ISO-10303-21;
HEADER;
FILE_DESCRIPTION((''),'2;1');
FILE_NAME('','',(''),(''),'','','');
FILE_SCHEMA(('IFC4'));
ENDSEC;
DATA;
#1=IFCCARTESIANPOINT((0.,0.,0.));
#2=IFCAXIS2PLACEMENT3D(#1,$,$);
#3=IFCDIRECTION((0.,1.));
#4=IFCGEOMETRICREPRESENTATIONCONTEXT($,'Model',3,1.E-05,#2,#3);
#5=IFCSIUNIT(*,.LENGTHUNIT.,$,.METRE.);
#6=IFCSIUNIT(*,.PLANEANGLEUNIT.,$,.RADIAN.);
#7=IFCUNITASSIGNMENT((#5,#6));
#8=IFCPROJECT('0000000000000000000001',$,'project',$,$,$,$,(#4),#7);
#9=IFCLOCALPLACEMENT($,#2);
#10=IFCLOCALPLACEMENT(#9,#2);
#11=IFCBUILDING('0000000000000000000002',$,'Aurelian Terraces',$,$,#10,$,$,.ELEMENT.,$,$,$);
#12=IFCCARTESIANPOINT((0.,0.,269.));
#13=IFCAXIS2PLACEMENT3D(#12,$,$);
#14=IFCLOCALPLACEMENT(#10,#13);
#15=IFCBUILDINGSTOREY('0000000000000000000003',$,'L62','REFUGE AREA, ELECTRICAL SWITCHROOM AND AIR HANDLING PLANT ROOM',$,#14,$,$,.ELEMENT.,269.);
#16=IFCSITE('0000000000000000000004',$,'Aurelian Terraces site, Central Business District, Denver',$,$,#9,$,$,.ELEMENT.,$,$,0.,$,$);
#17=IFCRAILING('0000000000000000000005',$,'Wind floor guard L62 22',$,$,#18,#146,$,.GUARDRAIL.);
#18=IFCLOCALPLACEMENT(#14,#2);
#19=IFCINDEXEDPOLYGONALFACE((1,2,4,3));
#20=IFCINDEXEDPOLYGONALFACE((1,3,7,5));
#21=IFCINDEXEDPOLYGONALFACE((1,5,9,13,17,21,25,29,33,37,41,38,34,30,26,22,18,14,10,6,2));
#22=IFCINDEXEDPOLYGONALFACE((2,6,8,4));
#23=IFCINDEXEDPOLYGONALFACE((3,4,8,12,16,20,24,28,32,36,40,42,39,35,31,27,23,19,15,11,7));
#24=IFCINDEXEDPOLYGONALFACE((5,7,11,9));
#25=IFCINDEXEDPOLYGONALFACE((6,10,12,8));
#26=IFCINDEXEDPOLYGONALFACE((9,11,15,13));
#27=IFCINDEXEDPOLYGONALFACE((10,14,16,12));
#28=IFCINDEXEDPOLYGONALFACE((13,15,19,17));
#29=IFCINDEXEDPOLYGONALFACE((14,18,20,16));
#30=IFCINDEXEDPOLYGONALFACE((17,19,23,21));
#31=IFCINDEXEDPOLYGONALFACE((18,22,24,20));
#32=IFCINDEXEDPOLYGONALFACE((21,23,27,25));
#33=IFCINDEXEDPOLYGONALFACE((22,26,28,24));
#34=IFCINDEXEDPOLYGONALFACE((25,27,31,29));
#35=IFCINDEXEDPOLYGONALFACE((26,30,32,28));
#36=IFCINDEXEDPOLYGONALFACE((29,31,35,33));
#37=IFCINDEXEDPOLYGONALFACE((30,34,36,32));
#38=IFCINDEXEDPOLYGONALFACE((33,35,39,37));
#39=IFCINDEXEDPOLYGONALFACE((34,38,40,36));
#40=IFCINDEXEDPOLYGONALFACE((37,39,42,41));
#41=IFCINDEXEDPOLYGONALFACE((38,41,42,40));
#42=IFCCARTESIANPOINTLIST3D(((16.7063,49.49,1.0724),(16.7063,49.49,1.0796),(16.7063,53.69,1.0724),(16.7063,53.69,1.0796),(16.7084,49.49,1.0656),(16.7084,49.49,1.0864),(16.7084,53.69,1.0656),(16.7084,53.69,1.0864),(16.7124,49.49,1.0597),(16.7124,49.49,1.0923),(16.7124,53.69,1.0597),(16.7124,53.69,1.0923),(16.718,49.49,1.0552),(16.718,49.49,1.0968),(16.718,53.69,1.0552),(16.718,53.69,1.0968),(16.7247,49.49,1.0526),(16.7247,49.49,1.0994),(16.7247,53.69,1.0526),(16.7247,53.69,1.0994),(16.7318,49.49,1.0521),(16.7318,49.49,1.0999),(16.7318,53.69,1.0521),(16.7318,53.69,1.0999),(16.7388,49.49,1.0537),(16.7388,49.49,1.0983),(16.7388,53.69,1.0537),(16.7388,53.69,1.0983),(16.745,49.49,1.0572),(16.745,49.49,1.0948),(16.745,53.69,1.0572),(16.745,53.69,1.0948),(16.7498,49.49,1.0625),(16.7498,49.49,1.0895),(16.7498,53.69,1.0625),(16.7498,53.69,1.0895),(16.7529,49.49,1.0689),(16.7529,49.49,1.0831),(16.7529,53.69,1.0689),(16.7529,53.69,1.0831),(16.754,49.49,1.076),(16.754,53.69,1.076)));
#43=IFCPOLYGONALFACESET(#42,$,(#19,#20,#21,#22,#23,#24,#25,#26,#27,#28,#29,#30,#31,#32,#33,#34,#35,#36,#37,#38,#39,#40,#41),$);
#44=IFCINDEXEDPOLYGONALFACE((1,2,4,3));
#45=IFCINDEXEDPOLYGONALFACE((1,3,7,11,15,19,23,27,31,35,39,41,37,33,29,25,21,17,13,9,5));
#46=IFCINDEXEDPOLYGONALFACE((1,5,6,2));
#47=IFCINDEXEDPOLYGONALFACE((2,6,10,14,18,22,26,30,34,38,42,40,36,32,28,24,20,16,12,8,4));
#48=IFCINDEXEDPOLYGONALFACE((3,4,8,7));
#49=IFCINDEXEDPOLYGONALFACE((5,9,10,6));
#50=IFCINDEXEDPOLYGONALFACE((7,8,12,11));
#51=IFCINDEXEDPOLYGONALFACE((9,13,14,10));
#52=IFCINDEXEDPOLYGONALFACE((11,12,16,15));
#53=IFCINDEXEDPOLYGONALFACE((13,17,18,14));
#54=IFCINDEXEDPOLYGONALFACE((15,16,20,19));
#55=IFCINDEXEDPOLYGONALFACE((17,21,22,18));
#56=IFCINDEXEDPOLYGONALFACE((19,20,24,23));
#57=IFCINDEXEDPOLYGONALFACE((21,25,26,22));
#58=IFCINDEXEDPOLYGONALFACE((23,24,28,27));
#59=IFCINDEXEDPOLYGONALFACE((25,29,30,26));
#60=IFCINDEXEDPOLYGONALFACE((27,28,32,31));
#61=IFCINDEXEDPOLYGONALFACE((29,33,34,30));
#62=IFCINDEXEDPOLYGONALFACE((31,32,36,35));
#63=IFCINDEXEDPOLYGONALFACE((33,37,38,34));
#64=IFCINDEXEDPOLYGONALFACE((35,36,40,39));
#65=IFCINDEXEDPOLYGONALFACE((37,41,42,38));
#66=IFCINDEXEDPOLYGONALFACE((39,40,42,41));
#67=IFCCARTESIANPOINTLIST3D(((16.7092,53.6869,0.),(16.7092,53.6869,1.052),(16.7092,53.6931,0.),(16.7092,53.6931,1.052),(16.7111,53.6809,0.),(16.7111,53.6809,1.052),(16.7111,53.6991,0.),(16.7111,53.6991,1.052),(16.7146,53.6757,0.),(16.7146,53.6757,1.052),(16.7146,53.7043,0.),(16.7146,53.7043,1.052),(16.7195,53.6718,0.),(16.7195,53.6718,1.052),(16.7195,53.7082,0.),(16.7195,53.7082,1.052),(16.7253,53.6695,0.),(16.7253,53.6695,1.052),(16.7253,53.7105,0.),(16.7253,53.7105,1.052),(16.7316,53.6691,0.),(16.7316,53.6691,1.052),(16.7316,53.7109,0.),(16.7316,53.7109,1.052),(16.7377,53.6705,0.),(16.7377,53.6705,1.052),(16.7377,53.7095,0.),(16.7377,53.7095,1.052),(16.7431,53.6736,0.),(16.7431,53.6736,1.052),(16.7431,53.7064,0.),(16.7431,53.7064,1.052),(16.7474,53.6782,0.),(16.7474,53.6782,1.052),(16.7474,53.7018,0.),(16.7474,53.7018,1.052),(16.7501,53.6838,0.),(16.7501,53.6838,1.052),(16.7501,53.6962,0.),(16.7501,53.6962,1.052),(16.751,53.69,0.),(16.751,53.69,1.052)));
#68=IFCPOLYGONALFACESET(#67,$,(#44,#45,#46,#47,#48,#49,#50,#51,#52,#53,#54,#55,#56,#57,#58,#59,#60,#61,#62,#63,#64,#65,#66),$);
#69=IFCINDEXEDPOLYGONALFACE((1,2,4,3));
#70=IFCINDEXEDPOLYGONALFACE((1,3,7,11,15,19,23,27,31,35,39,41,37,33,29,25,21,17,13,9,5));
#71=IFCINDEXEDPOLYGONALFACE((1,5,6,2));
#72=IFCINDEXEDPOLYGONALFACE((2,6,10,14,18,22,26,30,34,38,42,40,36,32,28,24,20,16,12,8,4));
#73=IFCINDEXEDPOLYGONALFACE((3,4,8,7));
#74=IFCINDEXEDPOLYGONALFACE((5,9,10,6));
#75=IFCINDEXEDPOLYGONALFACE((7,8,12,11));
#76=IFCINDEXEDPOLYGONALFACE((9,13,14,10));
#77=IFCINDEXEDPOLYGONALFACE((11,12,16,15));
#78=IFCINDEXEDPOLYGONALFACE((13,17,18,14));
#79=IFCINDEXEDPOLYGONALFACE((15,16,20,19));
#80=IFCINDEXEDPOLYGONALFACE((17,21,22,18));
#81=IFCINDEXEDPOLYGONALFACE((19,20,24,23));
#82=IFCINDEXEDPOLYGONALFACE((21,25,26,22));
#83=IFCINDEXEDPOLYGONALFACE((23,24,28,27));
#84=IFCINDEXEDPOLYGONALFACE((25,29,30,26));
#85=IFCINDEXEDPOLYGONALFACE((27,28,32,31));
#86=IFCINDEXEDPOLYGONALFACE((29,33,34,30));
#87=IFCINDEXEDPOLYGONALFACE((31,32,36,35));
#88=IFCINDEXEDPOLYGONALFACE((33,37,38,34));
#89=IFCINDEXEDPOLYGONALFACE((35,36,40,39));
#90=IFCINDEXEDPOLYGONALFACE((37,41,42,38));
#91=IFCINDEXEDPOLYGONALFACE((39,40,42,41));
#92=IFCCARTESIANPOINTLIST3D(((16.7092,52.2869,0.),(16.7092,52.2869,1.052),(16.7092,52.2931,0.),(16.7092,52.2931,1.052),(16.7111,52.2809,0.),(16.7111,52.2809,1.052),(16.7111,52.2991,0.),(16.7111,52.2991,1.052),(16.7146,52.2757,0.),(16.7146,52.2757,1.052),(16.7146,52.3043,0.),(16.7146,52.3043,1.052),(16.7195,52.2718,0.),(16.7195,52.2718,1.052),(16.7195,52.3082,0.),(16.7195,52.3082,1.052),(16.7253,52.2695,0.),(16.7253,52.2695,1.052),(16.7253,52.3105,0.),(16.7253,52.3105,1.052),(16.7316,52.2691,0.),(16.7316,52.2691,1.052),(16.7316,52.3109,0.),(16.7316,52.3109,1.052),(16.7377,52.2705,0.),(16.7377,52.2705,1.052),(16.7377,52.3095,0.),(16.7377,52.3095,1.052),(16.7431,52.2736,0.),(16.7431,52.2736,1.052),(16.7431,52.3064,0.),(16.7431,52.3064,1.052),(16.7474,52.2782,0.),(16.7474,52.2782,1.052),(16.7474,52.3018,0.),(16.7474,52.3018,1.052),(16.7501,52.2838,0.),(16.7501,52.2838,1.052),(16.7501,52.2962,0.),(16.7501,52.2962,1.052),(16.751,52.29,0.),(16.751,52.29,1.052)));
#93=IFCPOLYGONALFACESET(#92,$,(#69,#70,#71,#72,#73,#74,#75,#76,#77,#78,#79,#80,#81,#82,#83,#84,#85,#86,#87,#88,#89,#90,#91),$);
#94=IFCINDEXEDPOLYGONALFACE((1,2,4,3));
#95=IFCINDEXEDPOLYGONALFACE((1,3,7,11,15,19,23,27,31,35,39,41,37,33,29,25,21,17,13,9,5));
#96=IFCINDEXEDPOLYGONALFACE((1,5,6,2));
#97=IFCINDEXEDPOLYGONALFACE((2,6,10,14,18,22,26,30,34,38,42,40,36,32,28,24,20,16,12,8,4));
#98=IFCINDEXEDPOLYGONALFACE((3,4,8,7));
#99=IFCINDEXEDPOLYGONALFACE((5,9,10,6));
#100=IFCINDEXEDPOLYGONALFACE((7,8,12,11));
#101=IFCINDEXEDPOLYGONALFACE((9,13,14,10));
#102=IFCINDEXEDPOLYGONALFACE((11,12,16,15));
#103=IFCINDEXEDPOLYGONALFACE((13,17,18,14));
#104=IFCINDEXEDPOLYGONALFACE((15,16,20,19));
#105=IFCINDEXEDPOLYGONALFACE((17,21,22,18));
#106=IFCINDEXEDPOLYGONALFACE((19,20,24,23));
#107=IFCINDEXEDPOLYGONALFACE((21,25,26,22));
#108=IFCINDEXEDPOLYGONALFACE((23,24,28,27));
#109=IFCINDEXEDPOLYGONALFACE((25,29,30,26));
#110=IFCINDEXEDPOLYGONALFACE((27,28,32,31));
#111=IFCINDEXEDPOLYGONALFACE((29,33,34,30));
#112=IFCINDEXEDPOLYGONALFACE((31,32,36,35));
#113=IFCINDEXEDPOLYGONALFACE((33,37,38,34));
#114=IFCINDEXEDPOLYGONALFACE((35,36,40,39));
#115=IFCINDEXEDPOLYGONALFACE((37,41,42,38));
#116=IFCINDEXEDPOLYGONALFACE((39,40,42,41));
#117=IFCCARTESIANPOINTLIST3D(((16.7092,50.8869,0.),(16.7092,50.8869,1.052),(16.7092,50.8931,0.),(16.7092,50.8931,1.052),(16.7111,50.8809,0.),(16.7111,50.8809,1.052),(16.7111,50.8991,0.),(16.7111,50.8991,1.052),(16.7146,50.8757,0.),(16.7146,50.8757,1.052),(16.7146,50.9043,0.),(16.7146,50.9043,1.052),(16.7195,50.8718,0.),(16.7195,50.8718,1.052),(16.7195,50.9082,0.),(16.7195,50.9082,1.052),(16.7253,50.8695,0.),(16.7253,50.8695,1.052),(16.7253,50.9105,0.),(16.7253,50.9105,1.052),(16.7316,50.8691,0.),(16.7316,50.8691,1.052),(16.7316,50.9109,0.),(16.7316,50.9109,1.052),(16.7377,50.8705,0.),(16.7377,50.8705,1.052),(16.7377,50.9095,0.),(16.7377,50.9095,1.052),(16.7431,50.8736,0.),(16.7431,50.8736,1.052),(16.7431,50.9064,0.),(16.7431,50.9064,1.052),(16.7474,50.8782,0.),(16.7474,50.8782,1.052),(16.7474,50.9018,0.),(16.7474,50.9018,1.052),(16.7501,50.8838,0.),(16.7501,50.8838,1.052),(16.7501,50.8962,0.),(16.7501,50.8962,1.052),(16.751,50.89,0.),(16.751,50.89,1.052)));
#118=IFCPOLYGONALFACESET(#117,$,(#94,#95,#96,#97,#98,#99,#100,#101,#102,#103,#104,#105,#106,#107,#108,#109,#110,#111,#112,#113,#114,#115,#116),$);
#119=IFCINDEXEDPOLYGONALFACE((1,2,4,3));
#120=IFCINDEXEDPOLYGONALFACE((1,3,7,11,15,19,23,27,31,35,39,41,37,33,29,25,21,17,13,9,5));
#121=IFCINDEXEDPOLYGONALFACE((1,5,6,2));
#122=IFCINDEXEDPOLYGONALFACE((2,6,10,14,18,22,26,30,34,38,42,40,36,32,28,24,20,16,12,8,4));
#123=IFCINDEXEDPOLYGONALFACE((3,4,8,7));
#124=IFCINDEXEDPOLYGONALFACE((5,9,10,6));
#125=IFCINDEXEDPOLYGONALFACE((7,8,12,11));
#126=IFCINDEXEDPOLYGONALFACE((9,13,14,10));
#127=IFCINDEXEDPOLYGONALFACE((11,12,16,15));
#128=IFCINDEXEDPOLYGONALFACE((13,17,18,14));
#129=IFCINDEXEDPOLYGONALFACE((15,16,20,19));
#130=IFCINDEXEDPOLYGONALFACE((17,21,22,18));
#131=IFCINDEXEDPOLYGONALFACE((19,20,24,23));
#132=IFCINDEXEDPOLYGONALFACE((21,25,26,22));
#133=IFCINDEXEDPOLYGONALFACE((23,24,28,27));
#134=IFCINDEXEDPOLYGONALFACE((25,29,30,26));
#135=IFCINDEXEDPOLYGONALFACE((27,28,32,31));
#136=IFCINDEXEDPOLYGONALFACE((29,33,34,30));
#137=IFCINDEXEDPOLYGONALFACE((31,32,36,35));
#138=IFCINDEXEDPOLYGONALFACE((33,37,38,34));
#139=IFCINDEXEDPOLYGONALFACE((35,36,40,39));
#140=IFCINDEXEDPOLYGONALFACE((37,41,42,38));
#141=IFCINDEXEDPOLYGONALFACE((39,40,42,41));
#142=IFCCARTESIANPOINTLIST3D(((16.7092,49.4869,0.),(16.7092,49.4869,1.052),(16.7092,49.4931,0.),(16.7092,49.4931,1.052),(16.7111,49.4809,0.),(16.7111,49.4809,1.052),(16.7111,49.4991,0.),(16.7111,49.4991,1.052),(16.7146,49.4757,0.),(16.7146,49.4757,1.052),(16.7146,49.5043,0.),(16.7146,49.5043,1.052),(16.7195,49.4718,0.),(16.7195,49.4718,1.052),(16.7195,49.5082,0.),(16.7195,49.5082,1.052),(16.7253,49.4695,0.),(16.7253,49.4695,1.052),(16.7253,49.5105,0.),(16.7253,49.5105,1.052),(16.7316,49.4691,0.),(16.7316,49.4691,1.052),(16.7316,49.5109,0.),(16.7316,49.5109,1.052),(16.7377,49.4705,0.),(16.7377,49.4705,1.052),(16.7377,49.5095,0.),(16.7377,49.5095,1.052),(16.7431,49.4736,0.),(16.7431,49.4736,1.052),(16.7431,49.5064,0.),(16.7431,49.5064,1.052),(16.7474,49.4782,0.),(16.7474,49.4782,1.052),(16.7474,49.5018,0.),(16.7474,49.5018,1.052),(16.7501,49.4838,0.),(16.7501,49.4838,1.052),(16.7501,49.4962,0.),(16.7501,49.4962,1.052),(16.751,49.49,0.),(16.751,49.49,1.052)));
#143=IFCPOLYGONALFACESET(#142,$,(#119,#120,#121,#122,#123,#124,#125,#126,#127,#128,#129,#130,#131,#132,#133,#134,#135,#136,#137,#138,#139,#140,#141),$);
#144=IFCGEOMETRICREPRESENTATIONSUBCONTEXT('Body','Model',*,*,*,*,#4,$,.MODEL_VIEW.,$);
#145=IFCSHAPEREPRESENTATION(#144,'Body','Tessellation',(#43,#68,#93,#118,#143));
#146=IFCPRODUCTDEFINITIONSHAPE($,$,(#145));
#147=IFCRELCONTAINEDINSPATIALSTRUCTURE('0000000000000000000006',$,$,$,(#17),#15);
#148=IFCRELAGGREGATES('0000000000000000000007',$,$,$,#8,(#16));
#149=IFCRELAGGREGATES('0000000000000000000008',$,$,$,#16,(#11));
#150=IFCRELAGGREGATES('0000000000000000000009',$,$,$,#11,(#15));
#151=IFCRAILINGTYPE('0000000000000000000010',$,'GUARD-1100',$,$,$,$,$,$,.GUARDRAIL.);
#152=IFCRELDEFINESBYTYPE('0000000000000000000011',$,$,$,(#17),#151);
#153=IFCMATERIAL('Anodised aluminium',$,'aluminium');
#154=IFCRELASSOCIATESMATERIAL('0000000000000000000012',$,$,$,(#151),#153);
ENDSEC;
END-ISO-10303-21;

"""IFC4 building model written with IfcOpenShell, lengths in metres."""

from ifc_helpers import new_model, si_unit, direction, frame, origin, origin_2d, place, context, subcontext, project, spatial, circle, extrude, source, transform, mapped, material, type_object, element, save


model = new_model("IFC4")

# Units and contexts
model_context = context("Model", 3, precision=1e-05, world=origin(), true_north=direction((0.0, 1.0)))
body_context = subcontext(model_context, "Body", "Model", "MODEL_VIEW")
ifc_project = project(units=[si_unit("LENGTHUNIT", "METRE"), si_unit("PLANEANGLEUNIT", "RADIAN")], contexts=[model_context])

# Site, building, storey
site_placement = place(None, origin())
site = spatial("IfcSite", under=ifc_project, at=site_placement, Name="Aurelian Terraces site, Central Business District, Denver", CompositionType="ELEMENT", RefElevation=0.0)
building_placement = place(site_placement, origin())
building = spatial("IfcBuilding", under=site, at=building_placement, Name="Aurelian Terraces", CompositionType="ELEMENT")
storey_placement = place(building_placement, frame((0.0, 0.0, 269.0)))
storey = spatial("IfcBuildingStorey", under=building, at=storey_placement, Name="L62", Description="REFUGE AREA, ELECTRICAL SWITCHROOM AND AIR HANDLING PLANT ROOM", CompositionType="ELEMENT", Elevation=269.0)

# Railing
ifc_material_1 = material(Name="Anodised aluminium", Category="aluminium")
railing_type = type_object("IfcRailingType", Name="GUARD-1100", PredefinedType="GUARDRAIL", material=ifc_material_1)
shared_shape_1 = source(origin(), body_context, "Body", "SweptSolid", [
    extrude(circle(Radius=0.024, at=origin_2d()), frame((0.0, 0.0, 1.076), z_axis=(0.0, -1.0, 0.0), x_axis=(1.0, 0.0, 0.0)), (0.0, 0.0, 1.0), 4.2),
    extrude(circle(Radius=0.021, at=origin_2d()), origin(), (0.0, 0.0, 1.0), 1.052),
    extrude(circle(Radius=0.021, at=origin_2d()), frame((0.0, -1.4, 0.0)), (0.0, 0.0, 1.0), 1.052),
    extrude(circle(Radius=0.021, at=origin_2d()), frame((0.0, -2.8, 0.0)), (0.0, 0.0, 1.0), 1.052),
    extrude(circle(Radius=0.021, at=origin_2d()), frame((0.0, -4.2, 0.0)), (0.0, 0.0, 1.0), 1.052),
])
railing_1_placement = place(storey_placement, frame((16.73, 53.69, 0.0)))
element("IfcRailing", 1, at=railing_1_placement, inside=storey, type_object=railing_type, Name="Wind floor guard L62 22", PredefinedType="GUARDRAIL", context=body_context, shape_type="MappedRepresentation", body=[
    mapped(shared_shape_1, transform((0.0, 0.0, 0.0), scale=1.0)),
])

save(model, "model.ifc")
